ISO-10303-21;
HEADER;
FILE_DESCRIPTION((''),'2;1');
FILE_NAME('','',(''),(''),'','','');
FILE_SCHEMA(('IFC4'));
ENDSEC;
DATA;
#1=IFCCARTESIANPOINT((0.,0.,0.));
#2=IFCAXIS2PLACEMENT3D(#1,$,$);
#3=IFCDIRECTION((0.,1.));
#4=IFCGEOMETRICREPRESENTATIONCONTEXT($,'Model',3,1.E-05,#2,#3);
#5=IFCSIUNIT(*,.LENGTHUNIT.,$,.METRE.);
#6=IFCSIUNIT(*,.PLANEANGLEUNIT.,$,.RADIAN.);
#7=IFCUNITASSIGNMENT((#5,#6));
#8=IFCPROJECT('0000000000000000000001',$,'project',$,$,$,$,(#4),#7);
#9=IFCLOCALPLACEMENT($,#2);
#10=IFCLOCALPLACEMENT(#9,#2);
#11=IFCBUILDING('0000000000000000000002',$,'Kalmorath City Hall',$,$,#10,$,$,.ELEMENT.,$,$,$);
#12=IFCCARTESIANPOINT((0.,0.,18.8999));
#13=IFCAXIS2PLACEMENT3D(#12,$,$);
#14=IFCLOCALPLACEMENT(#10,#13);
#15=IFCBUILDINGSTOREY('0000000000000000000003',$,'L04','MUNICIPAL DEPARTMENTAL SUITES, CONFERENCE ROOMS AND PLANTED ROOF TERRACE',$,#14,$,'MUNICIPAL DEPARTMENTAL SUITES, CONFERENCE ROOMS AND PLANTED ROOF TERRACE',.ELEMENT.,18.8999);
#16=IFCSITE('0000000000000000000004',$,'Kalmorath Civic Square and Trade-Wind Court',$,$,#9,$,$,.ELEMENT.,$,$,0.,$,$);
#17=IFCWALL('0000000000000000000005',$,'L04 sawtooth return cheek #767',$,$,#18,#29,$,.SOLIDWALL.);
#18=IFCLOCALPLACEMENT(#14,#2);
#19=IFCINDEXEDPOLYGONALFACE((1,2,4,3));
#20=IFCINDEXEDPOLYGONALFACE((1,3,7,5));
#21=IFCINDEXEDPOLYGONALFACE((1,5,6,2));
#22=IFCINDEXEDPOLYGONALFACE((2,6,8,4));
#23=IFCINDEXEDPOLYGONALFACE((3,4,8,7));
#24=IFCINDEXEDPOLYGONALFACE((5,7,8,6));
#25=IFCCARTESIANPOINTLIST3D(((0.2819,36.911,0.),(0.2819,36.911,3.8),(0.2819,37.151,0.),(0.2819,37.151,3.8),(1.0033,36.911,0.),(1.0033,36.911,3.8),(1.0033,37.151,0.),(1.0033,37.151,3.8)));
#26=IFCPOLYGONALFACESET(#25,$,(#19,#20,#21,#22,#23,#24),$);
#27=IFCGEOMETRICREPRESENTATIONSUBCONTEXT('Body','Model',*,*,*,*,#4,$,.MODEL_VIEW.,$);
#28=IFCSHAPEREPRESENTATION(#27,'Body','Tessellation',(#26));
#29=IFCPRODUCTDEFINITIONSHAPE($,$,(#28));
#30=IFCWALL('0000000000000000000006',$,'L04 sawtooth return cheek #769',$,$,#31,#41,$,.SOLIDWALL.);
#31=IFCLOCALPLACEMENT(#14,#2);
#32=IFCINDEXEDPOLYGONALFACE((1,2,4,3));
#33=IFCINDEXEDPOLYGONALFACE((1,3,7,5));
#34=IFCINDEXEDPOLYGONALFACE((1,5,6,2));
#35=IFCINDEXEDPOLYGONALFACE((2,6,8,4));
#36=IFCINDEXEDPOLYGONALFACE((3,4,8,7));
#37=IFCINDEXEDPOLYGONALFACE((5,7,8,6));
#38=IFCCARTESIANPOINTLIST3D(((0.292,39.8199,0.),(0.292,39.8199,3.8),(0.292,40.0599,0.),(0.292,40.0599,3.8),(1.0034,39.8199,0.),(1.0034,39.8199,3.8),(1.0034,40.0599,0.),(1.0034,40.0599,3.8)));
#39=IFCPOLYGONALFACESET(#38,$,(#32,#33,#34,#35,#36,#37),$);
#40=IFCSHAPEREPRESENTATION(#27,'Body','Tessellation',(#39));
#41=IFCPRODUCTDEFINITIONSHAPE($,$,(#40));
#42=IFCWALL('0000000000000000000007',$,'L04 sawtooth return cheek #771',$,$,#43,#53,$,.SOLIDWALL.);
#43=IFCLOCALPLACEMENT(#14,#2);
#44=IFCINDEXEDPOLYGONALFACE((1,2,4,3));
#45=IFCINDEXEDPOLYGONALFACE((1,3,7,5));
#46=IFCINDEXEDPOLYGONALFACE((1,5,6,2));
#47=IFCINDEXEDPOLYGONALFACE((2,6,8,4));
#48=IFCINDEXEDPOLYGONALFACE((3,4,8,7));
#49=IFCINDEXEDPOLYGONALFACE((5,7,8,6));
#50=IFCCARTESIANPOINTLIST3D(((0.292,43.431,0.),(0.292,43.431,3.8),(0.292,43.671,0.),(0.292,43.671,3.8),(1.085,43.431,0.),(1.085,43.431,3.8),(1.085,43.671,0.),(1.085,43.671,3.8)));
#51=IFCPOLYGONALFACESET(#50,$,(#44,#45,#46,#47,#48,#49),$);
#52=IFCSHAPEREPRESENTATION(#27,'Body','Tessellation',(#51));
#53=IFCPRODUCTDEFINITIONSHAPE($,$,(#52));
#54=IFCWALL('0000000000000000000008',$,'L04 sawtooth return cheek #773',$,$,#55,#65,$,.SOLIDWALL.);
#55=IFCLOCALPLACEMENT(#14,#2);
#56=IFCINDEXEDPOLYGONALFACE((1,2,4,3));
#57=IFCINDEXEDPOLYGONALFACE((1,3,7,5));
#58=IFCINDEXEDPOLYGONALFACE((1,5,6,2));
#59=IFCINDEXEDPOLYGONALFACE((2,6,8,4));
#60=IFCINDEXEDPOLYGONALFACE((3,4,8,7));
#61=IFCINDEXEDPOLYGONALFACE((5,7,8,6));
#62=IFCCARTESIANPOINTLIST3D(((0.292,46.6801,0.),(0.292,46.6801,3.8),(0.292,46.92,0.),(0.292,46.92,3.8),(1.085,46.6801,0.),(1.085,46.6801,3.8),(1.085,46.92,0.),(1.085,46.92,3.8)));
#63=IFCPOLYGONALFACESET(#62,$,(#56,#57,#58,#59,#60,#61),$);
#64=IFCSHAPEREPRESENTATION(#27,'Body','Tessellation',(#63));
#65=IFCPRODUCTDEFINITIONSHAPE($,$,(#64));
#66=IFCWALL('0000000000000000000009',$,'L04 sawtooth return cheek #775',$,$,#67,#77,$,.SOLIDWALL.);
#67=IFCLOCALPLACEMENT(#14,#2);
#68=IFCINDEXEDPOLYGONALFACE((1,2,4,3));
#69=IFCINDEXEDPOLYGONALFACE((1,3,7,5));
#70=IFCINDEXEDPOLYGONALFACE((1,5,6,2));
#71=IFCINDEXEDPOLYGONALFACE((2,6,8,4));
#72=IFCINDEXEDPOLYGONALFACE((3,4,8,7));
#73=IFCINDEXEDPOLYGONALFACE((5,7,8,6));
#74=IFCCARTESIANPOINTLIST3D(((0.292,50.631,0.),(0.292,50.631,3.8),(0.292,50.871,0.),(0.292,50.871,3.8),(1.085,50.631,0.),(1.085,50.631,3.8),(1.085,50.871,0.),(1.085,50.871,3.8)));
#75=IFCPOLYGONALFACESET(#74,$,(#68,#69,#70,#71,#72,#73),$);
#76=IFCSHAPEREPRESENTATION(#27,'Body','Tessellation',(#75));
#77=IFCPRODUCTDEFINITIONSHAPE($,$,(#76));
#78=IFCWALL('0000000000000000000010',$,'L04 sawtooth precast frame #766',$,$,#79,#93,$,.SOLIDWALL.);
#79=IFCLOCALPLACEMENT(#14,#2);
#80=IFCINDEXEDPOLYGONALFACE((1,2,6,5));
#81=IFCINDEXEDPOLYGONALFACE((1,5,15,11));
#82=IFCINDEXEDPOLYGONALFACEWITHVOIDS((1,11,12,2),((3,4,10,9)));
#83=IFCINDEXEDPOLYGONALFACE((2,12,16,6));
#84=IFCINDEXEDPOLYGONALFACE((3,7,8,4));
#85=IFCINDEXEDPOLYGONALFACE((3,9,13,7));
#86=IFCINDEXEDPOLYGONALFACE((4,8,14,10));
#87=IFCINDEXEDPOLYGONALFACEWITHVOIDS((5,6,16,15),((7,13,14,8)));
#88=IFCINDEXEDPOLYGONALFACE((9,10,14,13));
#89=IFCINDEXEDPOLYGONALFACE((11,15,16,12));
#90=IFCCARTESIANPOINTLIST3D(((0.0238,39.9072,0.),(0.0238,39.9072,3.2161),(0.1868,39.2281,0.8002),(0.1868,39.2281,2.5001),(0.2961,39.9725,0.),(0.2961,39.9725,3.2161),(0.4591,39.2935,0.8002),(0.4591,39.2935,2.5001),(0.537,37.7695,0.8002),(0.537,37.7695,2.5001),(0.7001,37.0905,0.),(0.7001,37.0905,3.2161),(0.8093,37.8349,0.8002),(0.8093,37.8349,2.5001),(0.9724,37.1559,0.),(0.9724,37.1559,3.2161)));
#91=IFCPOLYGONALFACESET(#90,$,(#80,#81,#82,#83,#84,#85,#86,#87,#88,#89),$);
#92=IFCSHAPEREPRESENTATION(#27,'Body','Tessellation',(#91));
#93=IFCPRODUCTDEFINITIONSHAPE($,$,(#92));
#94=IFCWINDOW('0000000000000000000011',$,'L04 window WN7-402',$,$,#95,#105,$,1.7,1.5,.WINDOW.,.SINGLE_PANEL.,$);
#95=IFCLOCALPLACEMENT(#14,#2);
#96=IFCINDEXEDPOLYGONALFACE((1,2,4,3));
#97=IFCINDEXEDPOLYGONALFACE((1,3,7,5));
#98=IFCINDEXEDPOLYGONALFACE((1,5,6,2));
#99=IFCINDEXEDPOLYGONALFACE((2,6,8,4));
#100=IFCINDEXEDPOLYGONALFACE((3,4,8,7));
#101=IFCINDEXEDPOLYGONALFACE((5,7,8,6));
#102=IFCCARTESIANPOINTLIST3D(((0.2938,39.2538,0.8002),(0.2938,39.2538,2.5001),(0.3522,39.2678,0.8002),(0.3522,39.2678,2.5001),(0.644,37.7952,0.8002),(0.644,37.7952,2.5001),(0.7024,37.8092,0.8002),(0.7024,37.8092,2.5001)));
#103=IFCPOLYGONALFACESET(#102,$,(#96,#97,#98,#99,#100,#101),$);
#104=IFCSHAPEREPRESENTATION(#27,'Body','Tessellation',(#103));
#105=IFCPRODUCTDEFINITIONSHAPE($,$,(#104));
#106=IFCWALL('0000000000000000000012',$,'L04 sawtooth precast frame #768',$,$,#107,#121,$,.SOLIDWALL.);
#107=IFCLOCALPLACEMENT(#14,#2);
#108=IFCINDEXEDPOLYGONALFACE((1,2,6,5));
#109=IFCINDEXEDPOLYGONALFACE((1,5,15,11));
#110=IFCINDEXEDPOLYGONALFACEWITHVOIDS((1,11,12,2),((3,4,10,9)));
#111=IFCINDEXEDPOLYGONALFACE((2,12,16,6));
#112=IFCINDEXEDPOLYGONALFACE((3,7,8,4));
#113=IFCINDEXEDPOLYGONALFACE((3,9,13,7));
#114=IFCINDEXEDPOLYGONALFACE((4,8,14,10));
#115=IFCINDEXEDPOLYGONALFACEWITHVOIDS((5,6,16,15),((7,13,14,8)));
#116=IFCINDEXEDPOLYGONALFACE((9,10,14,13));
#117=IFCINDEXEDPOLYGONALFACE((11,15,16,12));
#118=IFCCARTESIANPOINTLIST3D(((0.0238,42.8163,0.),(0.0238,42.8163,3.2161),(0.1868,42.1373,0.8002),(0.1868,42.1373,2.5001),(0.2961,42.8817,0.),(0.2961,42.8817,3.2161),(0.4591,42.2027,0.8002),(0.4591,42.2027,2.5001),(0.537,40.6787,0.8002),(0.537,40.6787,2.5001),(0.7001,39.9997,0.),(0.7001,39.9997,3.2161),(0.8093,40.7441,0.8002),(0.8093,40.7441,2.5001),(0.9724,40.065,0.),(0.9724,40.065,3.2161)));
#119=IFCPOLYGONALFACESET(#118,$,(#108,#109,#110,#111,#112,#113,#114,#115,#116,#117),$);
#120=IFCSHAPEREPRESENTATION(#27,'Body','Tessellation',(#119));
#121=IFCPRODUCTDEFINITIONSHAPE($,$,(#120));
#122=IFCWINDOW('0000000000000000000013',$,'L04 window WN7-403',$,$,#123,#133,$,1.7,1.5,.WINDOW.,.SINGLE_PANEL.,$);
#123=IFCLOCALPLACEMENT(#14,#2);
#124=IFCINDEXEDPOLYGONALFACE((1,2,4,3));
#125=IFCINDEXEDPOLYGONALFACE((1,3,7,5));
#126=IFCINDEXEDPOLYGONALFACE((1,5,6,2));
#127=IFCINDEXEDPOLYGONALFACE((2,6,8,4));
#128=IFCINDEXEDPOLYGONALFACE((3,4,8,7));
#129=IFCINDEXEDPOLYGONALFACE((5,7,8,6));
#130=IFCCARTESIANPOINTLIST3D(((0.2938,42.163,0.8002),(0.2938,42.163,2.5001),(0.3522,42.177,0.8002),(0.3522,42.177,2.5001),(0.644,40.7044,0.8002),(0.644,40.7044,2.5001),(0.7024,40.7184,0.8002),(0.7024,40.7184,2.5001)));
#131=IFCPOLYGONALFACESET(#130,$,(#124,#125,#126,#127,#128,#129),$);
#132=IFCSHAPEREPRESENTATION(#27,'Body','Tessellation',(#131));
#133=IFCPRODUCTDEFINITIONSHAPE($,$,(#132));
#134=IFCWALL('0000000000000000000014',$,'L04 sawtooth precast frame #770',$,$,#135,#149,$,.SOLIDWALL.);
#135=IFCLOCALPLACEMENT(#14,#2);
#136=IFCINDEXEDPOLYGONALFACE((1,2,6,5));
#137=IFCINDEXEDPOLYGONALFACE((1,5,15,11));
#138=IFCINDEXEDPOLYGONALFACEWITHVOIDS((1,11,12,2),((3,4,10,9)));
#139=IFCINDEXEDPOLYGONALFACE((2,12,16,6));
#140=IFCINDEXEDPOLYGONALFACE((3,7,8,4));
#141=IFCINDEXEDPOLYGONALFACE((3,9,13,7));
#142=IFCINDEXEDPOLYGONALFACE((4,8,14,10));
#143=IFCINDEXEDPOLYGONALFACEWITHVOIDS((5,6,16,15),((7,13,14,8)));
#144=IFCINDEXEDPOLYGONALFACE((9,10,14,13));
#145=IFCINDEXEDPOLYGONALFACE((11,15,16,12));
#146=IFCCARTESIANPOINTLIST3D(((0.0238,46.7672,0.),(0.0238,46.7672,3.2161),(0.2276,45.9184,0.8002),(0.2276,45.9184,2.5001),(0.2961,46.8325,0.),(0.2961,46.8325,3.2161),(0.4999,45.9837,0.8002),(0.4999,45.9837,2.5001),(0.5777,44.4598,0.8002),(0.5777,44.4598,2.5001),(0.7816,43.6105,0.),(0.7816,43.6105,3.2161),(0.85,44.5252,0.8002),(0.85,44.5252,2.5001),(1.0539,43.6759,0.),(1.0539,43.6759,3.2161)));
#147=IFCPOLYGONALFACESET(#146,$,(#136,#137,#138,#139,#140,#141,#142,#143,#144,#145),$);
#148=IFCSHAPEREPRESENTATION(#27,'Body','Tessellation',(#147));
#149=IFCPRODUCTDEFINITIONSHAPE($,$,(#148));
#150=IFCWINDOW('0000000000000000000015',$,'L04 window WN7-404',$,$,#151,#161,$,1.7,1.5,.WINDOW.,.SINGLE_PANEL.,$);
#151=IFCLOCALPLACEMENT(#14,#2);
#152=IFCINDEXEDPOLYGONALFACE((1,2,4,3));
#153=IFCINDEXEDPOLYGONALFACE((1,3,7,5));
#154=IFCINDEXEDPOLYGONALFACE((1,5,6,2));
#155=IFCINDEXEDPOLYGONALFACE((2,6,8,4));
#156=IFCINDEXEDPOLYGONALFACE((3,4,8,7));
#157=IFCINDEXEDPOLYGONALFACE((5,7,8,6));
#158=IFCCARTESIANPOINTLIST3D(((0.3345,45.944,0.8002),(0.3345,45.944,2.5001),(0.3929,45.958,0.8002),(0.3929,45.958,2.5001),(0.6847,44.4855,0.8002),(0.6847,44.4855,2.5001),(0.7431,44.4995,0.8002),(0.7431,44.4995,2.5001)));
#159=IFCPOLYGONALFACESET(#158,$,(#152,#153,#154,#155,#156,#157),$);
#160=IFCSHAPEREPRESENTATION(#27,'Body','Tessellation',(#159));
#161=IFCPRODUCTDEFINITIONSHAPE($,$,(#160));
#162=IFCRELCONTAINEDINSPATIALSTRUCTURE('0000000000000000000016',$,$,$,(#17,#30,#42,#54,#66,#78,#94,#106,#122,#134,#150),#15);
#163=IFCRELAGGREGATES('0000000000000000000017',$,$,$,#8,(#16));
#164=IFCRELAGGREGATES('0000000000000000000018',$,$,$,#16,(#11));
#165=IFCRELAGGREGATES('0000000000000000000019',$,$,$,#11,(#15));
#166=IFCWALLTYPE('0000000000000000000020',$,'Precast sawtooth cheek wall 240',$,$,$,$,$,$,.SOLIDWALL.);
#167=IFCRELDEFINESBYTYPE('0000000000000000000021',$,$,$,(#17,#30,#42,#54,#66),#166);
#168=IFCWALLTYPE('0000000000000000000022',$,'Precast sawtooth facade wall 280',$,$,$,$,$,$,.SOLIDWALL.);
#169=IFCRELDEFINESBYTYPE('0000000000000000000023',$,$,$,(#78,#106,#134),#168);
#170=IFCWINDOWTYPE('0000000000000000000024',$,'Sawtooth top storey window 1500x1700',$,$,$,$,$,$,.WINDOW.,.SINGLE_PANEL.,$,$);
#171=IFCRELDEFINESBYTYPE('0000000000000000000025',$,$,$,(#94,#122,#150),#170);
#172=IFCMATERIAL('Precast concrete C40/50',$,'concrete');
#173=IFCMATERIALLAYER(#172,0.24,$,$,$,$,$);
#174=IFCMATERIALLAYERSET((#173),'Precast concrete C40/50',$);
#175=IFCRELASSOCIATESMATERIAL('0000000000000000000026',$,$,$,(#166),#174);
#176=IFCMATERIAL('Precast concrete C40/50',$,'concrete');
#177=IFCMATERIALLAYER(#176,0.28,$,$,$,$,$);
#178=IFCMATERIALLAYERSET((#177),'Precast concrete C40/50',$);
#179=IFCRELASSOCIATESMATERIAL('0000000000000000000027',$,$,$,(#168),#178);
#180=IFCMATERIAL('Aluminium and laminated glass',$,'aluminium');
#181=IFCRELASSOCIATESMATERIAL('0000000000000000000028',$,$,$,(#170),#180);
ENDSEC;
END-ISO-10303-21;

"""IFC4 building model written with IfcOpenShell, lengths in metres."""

from ifc_helpers import new_model, si_unit, direction, frame, frame_2d, origin, place, context, subcontext, project, spatial, rectangle, extrude, material, layer, layer_set, type_object, element, fill, save


model = new_model("IFC4")

# Units and contexts
model_context = context("Model", 3, precision=1e-05, world=origin(), true_north=direction((0.0, 1.0)))
body_context = subcontext(model_context, "Body", "Model", "MODEL_VIEW")
ifc_project = project(units=[si_unit("LENGTHUNIT", "METRE"), si_unit("PLANEANGLEUNIT", "RADIAN")], contexts=[model_context])

# Site, building, storey
site_placement = place(None, origin())
site = spatial("IfcSite", under=ifc_project, at=site_placement, Name="Kalmorath Civic Square and Trade-Wind Court", CompositionType="ELEMENT", RefElevation=0.0)
building_placement = place(site_placement, origin())
building = spatial("IfcBuilding", under=site, at=building_placement, Name="Kalmorath City Hall", CompositionType="ELEMENT")
storey_placement = place(building_placement, frame((0.0, 0.0, 18.8999)))
storey = spatial("IfcBuildingStorey", under=building, at=storey_placement, Name="L04", Description="MUNICIPAL DEPARTMENTAL SUITES, CONFERENCE ROOMS AND PLANTED ROOF TERRACE", LongName="MUNICIPAL DEPARTMENTAL SUITES, CONFERENCE ROOMS AND PLANTED ROOF TERRACE", CompositionType="ELEMENT", Elevation=18.8999)

# Walls
ifc_material_1 = material(Name="Precast concrete C40/50", Category="concrete")
ifc_layer_1 = layer(ifc_material_1, 0.24)
ifc_layer_set_1 = layer_set([ifc_layer_1], Name="Precast concrete C40/50")
wall_type_1 = type_object("IfcWallType", Name="Precast sawtooth cheek wall 240", PredefinedType="SOLIDWALL", material=ifc_layer_set_1)
wall_1_placement = place(storey_placement, frame((1.0034, 37.031, 0.0), z_axis=(0.0, 0.0, 1.0), x_axis=(-1.0, 0.0, 0.0)))
element("IfcWall", 1, at=wall_1_placement, inside=storey, type_object=wall_type_1, Name="L04 sawtooth return cheek #767", PredefinedType="SOLIDWALL", context=body_context, shape_type="SweptSolid", body=[
    extrude(rectangle(XDim=0.7214, YDim=0.24, at=frame_2d((0.3608, 0.0))), origin(), (0.0, 0.0, 1.0), 3.8),
])
wall_2_placement = place(storey_placement, frame((1.0034, 39.9399, 0.0), z_axis=(0.0, 0.0, 1.0), x_axis=(-1.0, 0.0, 0.0)))
element("IfcWall", 2, at=wall_2_placement, inside=storey, type_object=wall_type_1, Name="L04 sawtooth return cheek #769", PredefinedType="SOLIDWALL", context=body_context, shape_type="SweptSolid", body=[
    extrude(rectangle(XDim=0.7114, YDim=0.24, at=frame_2d((0.3557, 0.0))), origin(), (0.0, 0.0, 1.0), 3.8),
])
for number, where, z_axis, x_axis, name in (
    (3, (1.085, 43.551, 0.0), (0.0, 0.0, 1.0), (-1.0, 0.0, 0.0), "L04 sawtooth return cheek #771"),
    (4, (1.085, 46.8, 0.0), (0.0, 0.0, 1.0), (-1.0, 0.0, 0.0), "L04 sawtooth return cheek #773"),
    (5, (1.085, 50.751, 0.0), (0.0, 0.0, 1.0), (-1.0, 0.0, 0.0), "L04 sawtooth return cheek #775"),
):
    element("IfcWall", number, at=place(storey_placement, frame(where, z_axis=z_axis, x_axis=x_axis)), inside=storey, type_object=wall_type_1, Name=name, PredefinedType="SOLIDWALL", context=body_context, shape_type="SweptSolid", body=[
        extrude(rectangle(XDim=0.793, YDim=0.24, at=frame_2d((0.3965, 0.0))), origin(), (0.0, 0.0, 1.0), 3.8),
    ])

# Walls, openings, windows
ifc_material_2 = material(Name="Precast concrete C40/50", Category="concrete")
ifc_layer_2 = layer(ifc_material_2, 0.28)
ifc_layer_set_2 = layer_set([ifc_layer_2], Name="Precast concrete C40/50")
wall_type_2 = type_object("IfcWallType", Name="Precast sawtooth facade wall 280", PredefinedType="SOLIDWALL", material=ifc_layer_set_2)
wall_3_placement = place(storey_placement, frame((0.8362, 37.1233, 0.0), z_axis=(0.0, 0.0, 1.0), x_axis=(-0.233462, 0.972366, 0.0)))
wall_3 = element("IfcWall", 6, at=wall_3_placement, inside=storey, type_object=wall_type_2, Name="L04 sawtooth precast frame #766", PredefinedType="SOLIDWALL", context=body_context, shape_type="SweptSolid", body=[
    extrude(rectangle(XDim=2.8967, YDim=0.28, at=frame_2d((1.4482, 0.0))), origin(), (0.0, 0.0, 1.0), 3.2161),
])
opening_1_placement = place(wall_3_placement, frame((0.6982, 0.0, 0.8)))
opening_1 = element("IfcOpeningElement", 7, at=opening_1_placement, cuts=wall_3, PredefinedType="OPENING", context=body_context, shape_type="SweptSolid", body=[
    extrude(rectangle(XDim=1.5, YDim=1.7, at=frame_2d((0.75, 0.8501))), frame((0.0, 0.1499, 0.0), z_axis=(0.0, -1.0, 0.0), x_axis=(1.0, 0.0, 0.0)), (0.0, 0.0, 1.0), 0.3),
])
ifc_material_3 = material(Name="Aluminium and laminated glass", Category="aluminium")
window_type = type_object("IfcWindowType", Name="Sawtooth top storey window 1500x1700", PartitioningType="SINGLE_PANEL", PredefinedType="WINDOW", material=ifc_material_3)
window_1_placement = place(opening_1_placement, origin())
window_1 = element("IfcWindow", 8, at=window_1_placement, inside=storey, type_object=window_type, Name="L04 window WN7-402", OverallHeight=1.7, OverallWidth=1.5, PartitioningType="SINGLE_PANEL", PredefinedType="WINDOW", context=body_context, shape_type="SweptSolid", body=[
    extrude(rectangle(XDim=1.5, YDim=1.7, at=frame_2d((0.75, 0.8501))), frame((0.0, 0.03, 0.0), z_axis=(0.0, -1.0, 0.0), x_axis=(1.0, 0.0, 0.0)), (0.0, 0.0, 1.0), 0.0601),
])
fill(opening_1, window_1)
wall_4_placement = place(storey_placement, frame((0.8362, 40.0325, 0.0), z_axis=(0.0, 0.0, 1.0), x_axis=(-0.233462, 0.972366, 0.0)))
wall_4 = element("IfcWall", 9, at=wall_4_placement, inside=storey, type_object=wall_type_2, Name="L04 sawtooth precast frame #768", PredefinedType="SOLIDWALL", context=body_context, shape_type="SweptSolid", body=[
    extrude(rectangle(XDim=2.8967, YDim=0.28, at=frame_2d((1.4482, 0.0))), origin(), (0.0, 0.0, 1.0), 3.2161),
])
opening_2_placement = place(wall_4_placement, frame((0.6982, 0.0, 0.8)))
opening_2 = element("IfcOpeningElement", 10, at=opening_2_placement, cuts=wall_4, PredefinedType="OPENING", context=body_context, shape_type="SweptSolid", body=[
    extrude(rectangle(XDim=1.5, YDim=1.7, at=frame_2d((0.75, 0.8501))), frame((0.0, 0.1499, 0.0), z_axis=(0.0, -1.0, 0.0), x_axis=(1.0, 0.0, 0.0)), (0.0, 0.0, 1.0), 0.3),
])
window_2_placement = place(opening_2_placement, origin())
window_2 = element("IfcWindow", 11, at=window_2_placement, inside=storey, type_object=window_type, Name="L04 window WN7-403", OverallHeight=1.7, OverallWidth=1.5, PartitioningType="SINGLE_PANEL", PredefinedType="WINDOW", context=body_context, shape_type="SweptSolid", body=[
    extrude(rectangle(XDim=1.5, YDim=1.7, at=frame_2d((0.75, 0.8501))), frame((0.0, 0.03, 0.0), z_axis=(0.0, -1.0, 0.0), x_axis=(1.0, 0.0, 0.0)), (0.0, 0.0, 1.0), 0.0601),
])
fill(opening_2, window_2)
wall_5_placement = place(storey_placement, frame((0.9177, 43.6433, 0.0), z_axis=(0.0, 0.0, 1.0), x_axis=(-0.23343, 0.972374, 0.0)))
wall_5 = element("IfcWall", 12, at=wall_5_placement, inside=storey, type_object=wall_type_2, Name="L04 sawtooth precast frame #770", PredefinedType="SOLIDWALL", context=body_context, shape_type="SweptSolid", body=[
    extrude(rectangle(XDim=3.2463, YDim=0.28, at=frame_2d((1.623, 0.0))), origin(), (0.0, 0.0, 1.0), 3.2161),
])
opening_3_placement = place(wall_5_placement, frame((0.8733, 0.0, 0.8)))
opening_3 = element("IfcOpeningElement", 13, at=opening_3_placement, cuts=wall_5, PredefinedType="OPENING", context=body_context, shape_type="SweptSolid", body=[
    extrude(rectangle(XDim=1.5, YDim=1.7, at=frame_2d((0.75, 0.8501))), frame((0.0, 0.1499, 0.0), z_axis=(0.0, -1.0, 0.0), x_axis=(1.0, 0.0, 0.0)), (0.0, 0.0, 1.0), 0.3),
])
window_3_placement = place(opening_3_placement, origin())
window_3 = element("IfcWindow", 14, at=window_3_placement, inside=storey, type_object=window_type, Name="L04 window WN7-404", OverallHeight=1.7, OverallWidth=1.5, PartitioningType="SINGLE_PANEL", PredefinedType="WINDOW", context=body_context, shape_type="SweptSolid", body=[
    extrude(rectangle(XDim=1.5, YDim=1.7, at=frame_2d((0.75, 0.8501))), frame((0.0, 0.03, 0.0), z_axis=(0.0, -1.0, 0.0), x_axis=(1.0, 0.0, 0.0)), (0.0, 0.0, 1.0), 0.0601),
])
fill(opening_3, window_3)

save(model, "model.ifc")
